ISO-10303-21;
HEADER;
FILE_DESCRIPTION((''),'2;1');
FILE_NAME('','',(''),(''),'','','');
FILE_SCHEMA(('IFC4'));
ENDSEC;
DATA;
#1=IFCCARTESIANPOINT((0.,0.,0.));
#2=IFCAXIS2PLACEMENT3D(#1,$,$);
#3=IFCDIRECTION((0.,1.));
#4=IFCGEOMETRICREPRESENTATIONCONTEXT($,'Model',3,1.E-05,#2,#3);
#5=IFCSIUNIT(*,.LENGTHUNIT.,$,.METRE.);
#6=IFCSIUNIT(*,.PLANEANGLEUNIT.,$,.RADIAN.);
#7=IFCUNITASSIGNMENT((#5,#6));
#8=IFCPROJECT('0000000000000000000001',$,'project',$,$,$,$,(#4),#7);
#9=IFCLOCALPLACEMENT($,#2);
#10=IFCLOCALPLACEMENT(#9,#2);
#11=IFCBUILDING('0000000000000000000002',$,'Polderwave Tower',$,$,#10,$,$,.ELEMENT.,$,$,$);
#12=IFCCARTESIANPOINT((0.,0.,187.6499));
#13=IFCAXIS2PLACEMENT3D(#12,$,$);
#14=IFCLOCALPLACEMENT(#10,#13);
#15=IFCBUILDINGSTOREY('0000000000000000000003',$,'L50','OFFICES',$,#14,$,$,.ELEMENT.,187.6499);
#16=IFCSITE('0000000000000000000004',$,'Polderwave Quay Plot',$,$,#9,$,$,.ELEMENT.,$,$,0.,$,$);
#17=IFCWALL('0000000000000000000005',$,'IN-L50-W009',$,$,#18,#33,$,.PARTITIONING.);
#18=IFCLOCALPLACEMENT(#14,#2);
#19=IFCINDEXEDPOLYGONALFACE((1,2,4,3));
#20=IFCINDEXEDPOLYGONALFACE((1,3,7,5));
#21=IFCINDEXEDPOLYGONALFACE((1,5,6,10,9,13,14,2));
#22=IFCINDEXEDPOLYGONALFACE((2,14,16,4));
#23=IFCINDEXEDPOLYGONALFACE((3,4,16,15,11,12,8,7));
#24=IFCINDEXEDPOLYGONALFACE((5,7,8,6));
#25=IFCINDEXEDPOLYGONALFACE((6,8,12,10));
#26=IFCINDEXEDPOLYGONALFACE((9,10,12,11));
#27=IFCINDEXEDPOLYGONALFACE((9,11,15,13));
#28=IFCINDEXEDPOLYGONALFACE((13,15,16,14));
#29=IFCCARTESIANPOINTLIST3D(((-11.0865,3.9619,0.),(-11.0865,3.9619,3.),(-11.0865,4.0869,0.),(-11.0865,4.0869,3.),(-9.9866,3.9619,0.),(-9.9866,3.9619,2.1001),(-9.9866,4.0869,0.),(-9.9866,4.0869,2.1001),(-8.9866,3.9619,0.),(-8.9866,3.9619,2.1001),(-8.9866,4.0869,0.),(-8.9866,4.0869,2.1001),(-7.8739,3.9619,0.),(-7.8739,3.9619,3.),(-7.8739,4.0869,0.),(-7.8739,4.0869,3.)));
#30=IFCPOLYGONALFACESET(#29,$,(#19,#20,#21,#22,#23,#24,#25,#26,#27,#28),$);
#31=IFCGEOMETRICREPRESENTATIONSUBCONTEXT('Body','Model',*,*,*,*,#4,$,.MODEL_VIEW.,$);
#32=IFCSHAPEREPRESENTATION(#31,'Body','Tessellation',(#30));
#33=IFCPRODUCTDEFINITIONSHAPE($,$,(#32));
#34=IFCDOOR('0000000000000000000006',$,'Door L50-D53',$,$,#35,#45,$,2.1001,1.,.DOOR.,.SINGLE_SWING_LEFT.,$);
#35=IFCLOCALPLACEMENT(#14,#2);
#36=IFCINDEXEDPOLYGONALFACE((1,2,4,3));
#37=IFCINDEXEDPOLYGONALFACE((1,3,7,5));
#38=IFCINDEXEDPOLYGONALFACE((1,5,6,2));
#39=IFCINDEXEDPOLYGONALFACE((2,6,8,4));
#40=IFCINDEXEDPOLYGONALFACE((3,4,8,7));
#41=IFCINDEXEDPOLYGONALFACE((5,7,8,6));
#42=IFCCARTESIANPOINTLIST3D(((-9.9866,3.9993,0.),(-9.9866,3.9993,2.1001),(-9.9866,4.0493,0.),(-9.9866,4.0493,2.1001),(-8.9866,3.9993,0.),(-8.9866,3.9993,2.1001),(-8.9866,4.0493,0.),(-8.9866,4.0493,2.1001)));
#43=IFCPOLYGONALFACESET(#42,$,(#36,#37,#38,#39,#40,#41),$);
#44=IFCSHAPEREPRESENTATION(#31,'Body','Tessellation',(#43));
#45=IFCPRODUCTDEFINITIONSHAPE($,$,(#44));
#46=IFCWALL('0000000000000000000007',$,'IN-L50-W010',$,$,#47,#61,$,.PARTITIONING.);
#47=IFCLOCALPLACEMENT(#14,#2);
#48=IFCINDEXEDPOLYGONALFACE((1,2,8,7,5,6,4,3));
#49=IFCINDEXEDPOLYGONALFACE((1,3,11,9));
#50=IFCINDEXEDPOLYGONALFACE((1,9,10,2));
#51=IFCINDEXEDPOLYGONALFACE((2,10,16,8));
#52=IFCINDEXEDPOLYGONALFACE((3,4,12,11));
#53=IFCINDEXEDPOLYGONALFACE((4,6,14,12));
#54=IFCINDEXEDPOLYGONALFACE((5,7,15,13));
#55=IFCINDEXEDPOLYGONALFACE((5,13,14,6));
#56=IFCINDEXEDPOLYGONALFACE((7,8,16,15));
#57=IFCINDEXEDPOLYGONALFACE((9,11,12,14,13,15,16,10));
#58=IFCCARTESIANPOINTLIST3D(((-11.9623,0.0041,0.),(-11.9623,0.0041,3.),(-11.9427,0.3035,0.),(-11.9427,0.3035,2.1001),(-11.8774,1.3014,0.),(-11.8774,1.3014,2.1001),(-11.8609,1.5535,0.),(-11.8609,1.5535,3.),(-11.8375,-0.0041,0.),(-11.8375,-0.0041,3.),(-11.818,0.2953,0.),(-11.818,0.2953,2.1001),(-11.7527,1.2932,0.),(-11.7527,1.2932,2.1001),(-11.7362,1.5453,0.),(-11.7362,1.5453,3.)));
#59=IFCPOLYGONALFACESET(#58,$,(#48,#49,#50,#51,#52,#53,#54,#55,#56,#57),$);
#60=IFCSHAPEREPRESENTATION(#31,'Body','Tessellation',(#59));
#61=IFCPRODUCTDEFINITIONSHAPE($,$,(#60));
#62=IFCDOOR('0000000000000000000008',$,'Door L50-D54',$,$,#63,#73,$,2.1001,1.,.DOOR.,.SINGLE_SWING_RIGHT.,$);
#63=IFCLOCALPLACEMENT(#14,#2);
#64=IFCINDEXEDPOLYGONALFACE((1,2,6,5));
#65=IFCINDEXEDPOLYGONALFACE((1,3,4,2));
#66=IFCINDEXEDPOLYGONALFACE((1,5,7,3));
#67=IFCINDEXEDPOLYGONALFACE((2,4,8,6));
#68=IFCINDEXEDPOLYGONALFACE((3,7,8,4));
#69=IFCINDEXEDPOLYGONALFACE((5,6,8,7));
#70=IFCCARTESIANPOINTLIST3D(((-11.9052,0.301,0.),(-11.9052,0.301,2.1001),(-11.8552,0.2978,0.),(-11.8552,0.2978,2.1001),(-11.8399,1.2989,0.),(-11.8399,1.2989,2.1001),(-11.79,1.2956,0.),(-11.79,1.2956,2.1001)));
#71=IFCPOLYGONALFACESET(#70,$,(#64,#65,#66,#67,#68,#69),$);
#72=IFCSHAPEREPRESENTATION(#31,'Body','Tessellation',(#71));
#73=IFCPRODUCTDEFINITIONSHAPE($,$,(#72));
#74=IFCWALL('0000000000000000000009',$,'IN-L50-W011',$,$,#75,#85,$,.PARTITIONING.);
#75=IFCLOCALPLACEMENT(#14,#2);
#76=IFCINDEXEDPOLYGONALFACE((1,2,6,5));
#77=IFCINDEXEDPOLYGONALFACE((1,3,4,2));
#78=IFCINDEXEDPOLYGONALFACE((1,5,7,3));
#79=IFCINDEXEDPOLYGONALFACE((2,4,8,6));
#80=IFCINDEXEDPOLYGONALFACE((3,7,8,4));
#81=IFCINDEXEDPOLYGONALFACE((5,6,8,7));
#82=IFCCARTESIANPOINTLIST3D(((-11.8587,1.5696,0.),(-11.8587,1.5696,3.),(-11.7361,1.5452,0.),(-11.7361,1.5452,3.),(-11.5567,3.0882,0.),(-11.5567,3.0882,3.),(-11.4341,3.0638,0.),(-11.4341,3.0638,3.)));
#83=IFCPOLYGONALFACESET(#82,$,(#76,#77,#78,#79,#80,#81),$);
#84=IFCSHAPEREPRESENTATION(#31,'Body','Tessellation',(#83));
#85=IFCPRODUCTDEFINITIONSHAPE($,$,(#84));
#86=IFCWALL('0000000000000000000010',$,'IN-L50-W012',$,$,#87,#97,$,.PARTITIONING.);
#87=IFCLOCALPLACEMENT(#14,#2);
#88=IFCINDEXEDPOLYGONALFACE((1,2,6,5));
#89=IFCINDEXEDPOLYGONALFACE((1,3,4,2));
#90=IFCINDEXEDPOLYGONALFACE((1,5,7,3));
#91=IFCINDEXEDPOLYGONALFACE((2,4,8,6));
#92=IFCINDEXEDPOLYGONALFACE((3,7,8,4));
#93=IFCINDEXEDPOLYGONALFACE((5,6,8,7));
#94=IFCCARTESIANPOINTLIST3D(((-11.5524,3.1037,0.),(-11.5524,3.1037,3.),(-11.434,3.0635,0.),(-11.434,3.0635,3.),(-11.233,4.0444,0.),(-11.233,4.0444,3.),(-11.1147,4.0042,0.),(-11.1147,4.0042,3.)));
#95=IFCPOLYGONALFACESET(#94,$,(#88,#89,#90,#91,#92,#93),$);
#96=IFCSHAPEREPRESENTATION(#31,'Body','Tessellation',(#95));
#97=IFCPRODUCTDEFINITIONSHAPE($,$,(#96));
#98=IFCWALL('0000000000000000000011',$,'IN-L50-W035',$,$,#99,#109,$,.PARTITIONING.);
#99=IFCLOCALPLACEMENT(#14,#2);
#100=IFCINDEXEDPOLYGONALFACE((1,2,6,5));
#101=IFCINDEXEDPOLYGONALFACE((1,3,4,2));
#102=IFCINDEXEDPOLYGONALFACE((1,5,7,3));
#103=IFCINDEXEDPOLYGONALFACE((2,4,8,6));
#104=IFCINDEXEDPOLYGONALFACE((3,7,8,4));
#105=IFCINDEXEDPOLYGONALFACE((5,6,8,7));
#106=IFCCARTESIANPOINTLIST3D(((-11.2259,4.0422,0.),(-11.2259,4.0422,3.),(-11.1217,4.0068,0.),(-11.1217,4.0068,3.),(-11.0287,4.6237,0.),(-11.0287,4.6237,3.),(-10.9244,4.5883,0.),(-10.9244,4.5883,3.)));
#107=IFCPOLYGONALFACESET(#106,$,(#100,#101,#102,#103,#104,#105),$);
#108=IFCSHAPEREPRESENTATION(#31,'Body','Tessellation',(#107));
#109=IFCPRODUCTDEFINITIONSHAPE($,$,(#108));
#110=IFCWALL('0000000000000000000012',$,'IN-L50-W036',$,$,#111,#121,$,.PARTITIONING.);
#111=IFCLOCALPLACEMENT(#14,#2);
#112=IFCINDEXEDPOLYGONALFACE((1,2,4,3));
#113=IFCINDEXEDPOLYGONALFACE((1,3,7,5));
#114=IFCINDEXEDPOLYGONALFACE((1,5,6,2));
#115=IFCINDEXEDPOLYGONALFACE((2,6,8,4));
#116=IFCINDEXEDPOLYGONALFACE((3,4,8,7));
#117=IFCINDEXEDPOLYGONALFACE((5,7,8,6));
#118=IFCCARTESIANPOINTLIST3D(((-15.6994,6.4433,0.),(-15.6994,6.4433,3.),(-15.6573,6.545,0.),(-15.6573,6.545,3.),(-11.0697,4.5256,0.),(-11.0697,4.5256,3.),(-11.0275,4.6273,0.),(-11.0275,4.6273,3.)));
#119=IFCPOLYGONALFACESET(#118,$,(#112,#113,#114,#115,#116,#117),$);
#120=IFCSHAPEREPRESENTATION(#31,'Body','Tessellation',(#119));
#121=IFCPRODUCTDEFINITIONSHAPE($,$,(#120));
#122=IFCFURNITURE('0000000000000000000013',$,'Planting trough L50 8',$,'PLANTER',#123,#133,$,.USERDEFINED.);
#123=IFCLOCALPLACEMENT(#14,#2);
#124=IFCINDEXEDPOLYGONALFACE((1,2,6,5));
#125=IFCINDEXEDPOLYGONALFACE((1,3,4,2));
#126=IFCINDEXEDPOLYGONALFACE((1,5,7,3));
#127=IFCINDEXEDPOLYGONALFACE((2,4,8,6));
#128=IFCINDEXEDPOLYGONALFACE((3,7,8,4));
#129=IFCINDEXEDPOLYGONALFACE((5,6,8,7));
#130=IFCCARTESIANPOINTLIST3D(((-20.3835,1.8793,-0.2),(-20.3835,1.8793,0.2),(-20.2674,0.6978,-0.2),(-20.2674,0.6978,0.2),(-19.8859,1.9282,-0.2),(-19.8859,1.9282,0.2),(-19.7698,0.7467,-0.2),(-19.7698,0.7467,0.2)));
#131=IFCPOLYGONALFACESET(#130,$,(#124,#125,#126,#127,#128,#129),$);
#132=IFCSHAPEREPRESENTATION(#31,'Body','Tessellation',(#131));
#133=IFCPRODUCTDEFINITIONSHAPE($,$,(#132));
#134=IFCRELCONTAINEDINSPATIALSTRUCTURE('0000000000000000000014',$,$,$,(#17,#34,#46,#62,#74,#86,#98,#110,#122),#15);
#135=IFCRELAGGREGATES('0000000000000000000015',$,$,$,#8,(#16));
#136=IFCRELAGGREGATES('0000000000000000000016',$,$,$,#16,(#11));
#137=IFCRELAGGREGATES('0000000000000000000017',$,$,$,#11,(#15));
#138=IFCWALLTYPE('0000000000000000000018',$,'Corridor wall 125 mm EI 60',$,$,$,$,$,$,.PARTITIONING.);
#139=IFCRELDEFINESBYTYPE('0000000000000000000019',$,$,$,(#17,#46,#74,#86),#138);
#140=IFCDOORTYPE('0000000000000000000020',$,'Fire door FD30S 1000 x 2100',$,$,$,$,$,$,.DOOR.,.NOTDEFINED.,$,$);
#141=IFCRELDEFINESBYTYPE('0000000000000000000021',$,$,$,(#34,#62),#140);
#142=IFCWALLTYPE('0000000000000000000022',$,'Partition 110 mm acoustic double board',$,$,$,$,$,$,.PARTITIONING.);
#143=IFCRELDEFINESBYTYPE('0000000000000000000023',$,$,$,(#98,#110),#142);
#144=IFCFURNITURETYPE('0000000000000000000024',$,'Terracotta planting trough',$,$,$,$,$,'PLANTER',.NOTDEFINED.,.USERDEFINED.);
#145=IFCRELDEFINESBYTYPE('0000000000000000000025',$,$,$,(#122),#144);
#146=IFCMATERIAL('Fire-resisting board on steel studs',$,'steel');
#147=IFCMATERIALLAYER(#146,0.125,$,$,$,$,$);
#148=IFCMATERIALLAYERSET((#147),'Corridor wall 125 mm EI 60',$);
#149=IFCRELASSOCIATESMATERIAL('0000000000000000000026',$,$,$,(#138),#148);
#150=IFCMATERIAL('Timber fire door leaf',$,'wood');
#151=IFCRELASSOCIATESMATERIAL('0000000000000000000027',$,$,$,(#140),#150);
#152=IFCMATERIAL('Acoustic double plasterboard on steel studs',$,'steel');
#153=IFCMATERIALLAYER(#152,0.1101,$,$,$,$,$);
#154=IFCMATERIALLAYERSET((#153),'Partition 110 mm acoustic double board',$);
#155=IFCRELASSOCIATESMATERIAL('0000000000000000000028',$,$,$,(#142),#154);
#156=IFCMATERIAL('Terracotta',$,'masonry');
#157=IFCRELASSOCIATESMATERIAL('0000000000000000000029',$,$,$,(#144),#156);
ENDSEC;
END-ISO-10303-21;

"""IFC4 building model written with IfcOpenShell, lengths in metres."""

from ifc_helpers import new_model, si_unit, direction, frame, frame_2d, origin, origin_2d, place, context, subcontext, project, spatial, rectangle, extrude, material, layer, layer_set, type_object, element, fill, save


model = new_model("IFC4")

# Units and contexts
model_context = context("Model", 3, precision=1e-05, world=origin(), true_north=direction((0.0, 1.0)))
body_context = subcontext(model_context, "Body", "Model", "MODEL_VIEW")
ifc_project = project(units=[si_unit("LENGTHUNIT", "METRE"), si_unit("PLANEANGLEUNIT", "RADIAN")], contexts=[model_context])

# Site, building, storey
site_placement = place(None, origin())
site = spatial("IfcSite", under=ifc_project, at=site_placement, Name="Polderwave Quay Plot", CompositionType="ELEMENT", RefElevation=0.0)
building_placement = place(site_placement, origin())
building = spatial("IfcBuilding", under=site, at=building_placement, Name="Polderwave Tower", CompositionType="ELEMENT")
storey_placement = place(building_placement, frame((0.0, 0.0, 187.6499)))
storey = spatial("IfcBuildingStorey", under=building, at=storey_placement, Name="L50", Description="OFFICES", CompositionType="ELEMENT", Elevation=187.6499)

# Walls, openings, doors
ifc_material_1 = material(Name="Fire-resisting board on steel studs", Category="steel")
ifc_layer_1 = layer(ifc_material_1, 0.125)
ifc_layer_set_1 = layer_set([ifc_layer_1], Name="Corridor wall 125 mm EI 60")
wall_type_1 = type_object("IfcWallType", Name="Corridor wall 125 mm EI 60", PredefinedType="PARTITIONING", material=ifc_layer_set_1)
wall_1_placement = place(storey_placement, frame((-11.0867, 4.0244, 0.0), z_axis=(0.0, 0.0, 1.0), x_axis=(1.0, 0.0, 0.0)))
wall_1 = element("IfcWall", 1, at=wall_1_placement, inside=storey, type_object=wall_type_1, Name="IN-L50-W009", PredefinedType="PARTITIONING", context=body_context, shape_type="SweptSolid", body=[
    extrude(rectangle(XDim=3.2126, YDim=0.125, at=frame_2d((1.6064, 0.0))), origin(), (0.0, 0.0, 1.0), 3.0),
])
opening_1_placement = place(wall_1_placement, frame((1.1001, 0.0, 0.0)))
opening_1 = element("IfcOpeningElement", 2, at=opening_1_placement, cuts=wall_1, PredefinedType="OPENING", context=body_context, shape_type="SweptSolid", body=[
    extrude(rectangle(XDim=1.0, YDim=2.1001, at=frame_2d((0.5, 1.05))), frame((0.0, 0.0725, 0.0), z_axis=(0.0, -1.0, 0.0), x_axis=(1.0, 0.0, 0.0)), (0.0, 0.0, 1.0), 0.145),
])
ifc_material_2 = material(Name="Timber fire door leaf", Category="wood")
door_type = type_object("IfcDoorType", Name="Fire door FD30S 1000 x 2100", OperationType="NOTDEFINED", PredefinedType="DOOR", material=ifc_material_2)
door_1_placement = place(opening_1_placement, origin())
door_1 = element("IfcDoor", 3, at=door_1_placement, inside=storey, type_object=door_type, Name="Door L50-D53", OperationType="SINGLE_SWING_LEFT", OverallHeight=2.1001, OverallWidth=1.0, PredefinedType="DOOR", context=body_context, shape_type="SweptSolid", body=[
    extrude(rectangle(XDim=1.0, YDim=2.1001, at=frame_2d((0.5, 1.05))), frame((0.0, 0.0249, 0.0), z_axis=(0.0, -1.0, 0.0), x_axis=(1.0, 0.0, 0.0)), (0.0, 0.0, 1.0), 0.05),
])
fill(opening_1, door_1)
wall_2_placement = place(storey_placement, frame((-11.8999, 0.0, 0.0), z_axis=(0.0, 0.0, 1.0), x_axis=(0.065256, 0.997869, 0.0)))
wall_2 = element("IfcWall", 4, at=wall_2_placement, inside=storey, type_object=wall_type_1, Name="IN-L50-W010", PredefinedType="PARTITIONING", context=body_context, shape_type="SweptSolid", body=[
    extrude(rectangle(XDim=1.5527, YDim=0.125, at=frame_2d((0.7764, 0.0))), origin(), (0.0, 0.0, 1.0), 3.0),
])
opening_2_placement = place(wall_2_placement, frame((0.3, 0.0, 0.0)))
opening_2 = element("IfcOpeningElement", 5, at=opening_2_placement, cuts=wall_2, PredefinedType="OPENING", context=body_context, shape_type="SweptSolid", body=[
    extrude(rectangle(XDim=1.0, YDim=2.1001, at=frame_2d((0.5, 1.05))), frame((0.0, 0.0725, 0.0), z_axis=(0.0, -1.0, 0.0), x_axis=(1.0, 0.0, 0.0)), (0.0, 0.0, 1.0), 0.145),
])
door_2_placement = place(opening_2_placement, origin())
door_2 = element("IfcDoor", 6, at=door_2_placement, inside=storey, type_object=door_type, Name="Door L50-D54", OperationType="SINGLE_SWING_RIGHT", OverallHeight=2.1001, OverallWidth=1.0, PredefinedType="DOOR", context=body_context, shape_type="SweptSolid", body=[
    extrude(rectangle(XDim=1.0, YDim=2.1001, at=frame_2d((0.5, 1.05))), frame((0.0, 0.0249, 0.0), z_axis=(0.0, -1.0, 0.0), x_axis=(1.0, 0.0, 0.0)), (0.0, 0.0, 1.0), 0.05),
])
fill(opening_2, door_2)

# Walls
wall_3_placement = place(storey_placement, frame((-11.7974, 1.5574, 0.0), z_axis=(0.0, 0.0, 1.0), x_axis=(0.195055, 0.980792, 0.0)))
element("IfcWall", 7, at=wall_3_placement, inside=storey, type_object=wall_type_1, Name="IN-L50-W011", PredefinedType="PARTITIONING", context=body_context, shape_type="SweptSolid", body=[
    extrude(rectangle(XDim=1.5483, YDim=0.125, at=frame_2d((0.7742, 0.0))), origin(), (0.0, 0.0, 1.0), 3.0),
])
wall_4_placement = place(storey_placement, frame((-11.4932, 3.0837, 0.0), z_axis=(0.0, 0.0, 1.0), x_axis=(0.321458, 0.946924, 0.0)))
element("IfcWall", 8, at=wall_4_placement, inside=storey, type_object=wall_type_1, Name="IN-L50-W012", PredefinedType="PARTITIONING", context=body_context, shape_type="SweptSolid", body=[
    extrude(rectangle(XDim=0.9934, YDim=0.125, at=frame_2d((0.4966, 0.0))), origin(), (0.0, 0.0, 1.0), 3.0),
])
ifc_material_3 = material(Name="Acoustic double plasterboard on steel studs", Category="steel")
ifc_layer_2 = layer(ifc_material_3, 0.1101)
ifc_layer_set_2 = layer_set([ifc_layer_2], Name="Partition 110 mm acoustic double board")
wall_type_2 = type_object("IfcWallType", Name="Partition 110 mm acoustic double board", PredefinedType="PARTITIONING", material=ifc_layer_set_2)
wall_5_placement = place(storey_placement, frame((-11.1738, 4.0244, 0.0), z_axis=(0.0, 0.0, 1.0), x_axis=(0.321233, 0.947, 0.0)))
element("IfcWall", 9, at=wall_5_placement, inside=storey, type_object=wall_type_2, Name="IN-L50-W035", PredefinedType="PARTITIONING", context=body_context, shape_type="SweptSolid", body=[
    extrude(rectangle(XDim=0.614, YDim=0.1101, at=frame_2d((0.3071, 0.0))), origin(), (0.0, 0.0, 1.0), 3.0),
])
wall_6_placement = place(storey_placement, frame((-11.0486, 4.5764, 0.0), z_axis=(0.0, 0.0, 1.0), x_axis=(-0.923875, 0.382695, 0.0)))
element("IfcWall", 10, at=wall_6_placement, inside=storey, type_object=wall_type_2, Name="IN-L50-W036", PredefinedType="PARTITIONING", context=body_context, shape_type="SweptSolid", body=[
    extrude(rectangle(XDim=5.0112, YDim=0.1101, at=frame_2d((2.5056, 0.0))), origin(), (0.0, 0.0, 1.0), 3.0),
])

# Furniture
ifc_material_4 = material(Name="Terracotta", Category="masonry")
furniture_type = type_object("IfcFurnitureType", Name="Terracotta planting trough", ElementType="PLANTER", AssemblyPlace="NOTDEFINED", PredefinedType="USERDEFINED", material=ifc_material_4)
furniture_placement = place(storey_placement, frame((-20.0767, 1.313, -0.2), z_axis=(0.0, 0.0, 1.0), x_axis=(0.09779, -0.995207, 0.0)))
element("IfcFurniture", 11, at=furniture_placement, inside=storey, type_object=furniture_type, Name="Planting trough L50 8", ObjectType="PLANTER", PredefinedType="USERDEFINED", context=body_context, shape_type="SweptSolid", body=[
    extrude(rectangle(XDim=1.1873, YDim=0.5, at=origin_2d()), origin(), (0.0, 0.0, 1.0), 0.3999),
])

save(model, "model.ifc")
